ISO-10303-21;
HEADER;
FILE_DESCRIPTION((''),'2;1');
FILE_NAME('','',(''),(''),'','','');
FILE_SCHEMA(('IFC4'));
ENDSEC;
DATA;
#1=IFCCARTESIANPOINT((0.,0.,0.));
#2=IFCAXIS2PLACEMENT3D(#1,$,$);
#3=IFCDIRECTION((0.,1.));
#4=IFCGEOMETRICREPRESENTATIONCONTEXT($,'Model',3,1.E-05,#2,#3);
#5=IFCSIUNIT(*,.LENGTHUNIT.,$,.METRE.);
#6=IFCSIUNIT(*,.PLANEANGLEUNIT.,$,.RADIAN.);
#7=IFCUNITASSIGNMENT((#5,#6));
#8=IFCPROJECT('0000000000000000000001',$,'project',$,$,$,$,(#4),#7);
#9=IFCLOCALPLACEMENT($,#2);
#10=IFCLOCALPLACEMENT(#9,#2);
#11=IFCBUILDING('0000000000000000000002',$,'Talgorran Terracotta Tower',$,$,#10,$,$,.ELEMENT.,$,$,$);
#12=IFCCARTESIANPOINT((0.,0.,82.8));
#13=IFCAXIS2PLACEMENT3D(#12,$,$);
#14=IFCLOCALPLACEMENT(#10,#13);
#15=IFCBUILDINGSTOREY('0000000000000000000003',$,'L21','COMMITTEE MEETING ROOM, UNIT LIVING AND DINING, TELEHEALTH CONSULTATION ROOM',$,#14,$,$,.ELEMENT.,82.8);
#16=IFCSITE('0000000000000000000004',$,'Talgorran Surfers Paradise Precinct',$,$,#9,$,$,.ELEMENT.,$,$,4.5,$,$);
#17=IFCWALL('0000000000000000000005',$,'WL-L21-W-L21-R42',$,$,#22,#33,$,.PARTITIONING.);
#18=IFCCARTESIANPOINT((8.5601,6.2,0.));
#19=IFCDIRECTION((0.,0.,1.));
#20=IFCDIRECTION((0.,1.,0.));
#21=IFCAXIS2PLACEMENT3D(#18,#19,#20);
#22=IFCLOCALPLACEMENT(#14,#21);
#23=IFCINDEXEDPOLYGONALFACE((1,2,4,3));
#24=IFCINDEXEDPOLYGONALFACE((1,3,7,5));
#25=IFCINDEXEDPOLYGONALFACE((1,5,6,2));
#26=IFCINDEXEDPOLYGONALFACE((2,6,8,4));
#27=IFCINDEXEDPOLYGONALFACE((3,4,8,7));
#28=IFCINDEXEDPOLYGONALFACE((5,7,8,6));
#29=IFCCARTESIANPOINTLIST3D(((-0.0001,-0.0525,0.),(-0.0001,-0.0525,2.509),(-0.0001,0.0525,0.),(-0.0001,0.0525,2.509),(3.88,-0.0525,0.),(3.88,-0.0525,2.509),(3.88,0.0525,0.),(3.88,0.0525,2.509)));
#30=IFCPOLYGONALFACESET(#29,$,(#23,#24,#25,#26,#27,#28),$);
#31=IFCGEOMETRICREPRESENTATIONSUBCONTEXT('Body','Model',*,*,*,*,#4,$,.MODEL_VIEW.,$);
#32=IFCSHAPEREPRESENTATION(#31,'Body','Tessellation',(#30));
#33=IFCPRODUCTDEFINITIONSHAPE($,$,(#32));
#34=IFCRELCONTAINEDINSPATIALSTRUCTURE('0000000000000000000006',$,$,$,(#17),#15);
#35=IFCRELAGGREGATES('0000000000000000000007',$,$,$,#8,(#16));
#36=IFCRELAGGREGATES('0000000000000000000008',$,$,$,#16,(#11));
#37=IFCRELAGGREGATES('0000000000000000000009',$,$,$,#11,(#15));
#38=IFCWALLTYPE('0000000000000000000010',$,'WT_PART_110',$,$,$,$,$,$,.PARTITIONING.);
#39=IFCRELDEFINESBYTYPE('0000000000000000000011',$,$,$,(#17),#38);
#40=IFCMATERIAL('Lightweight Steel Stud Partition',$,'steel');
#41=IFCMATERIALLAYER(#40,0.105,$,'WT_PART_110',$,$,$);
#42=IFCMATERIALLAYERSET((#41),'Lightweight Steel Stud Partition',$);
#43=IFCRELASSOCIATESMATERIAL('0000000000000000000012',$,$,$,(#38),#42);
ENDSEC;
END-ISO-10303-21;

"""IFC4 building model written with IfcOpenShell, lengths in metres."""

from ifc_helpers import new_model, si_unit, direction, frame, frame_2d, origin, place, context, subcontext, project, spatial, rectangle, extrude, material, layer, layer_set, type_object, element, save


model = new_model("IFC4")

# Units and contexts
model_context = context("Model", 3, precision=1e-05, world=origin(), true_north=direction((0.0, 1.0)))
body_context = subcontext(model_context, "Body", "Model", "MODEL_VIEW")
ifc_project = project(units=[si_unit("LENGTHUNIT", "METRE"), si_unit("PLANEANGLEUNIT", "RADIAN")], contexts=[model_context])

# Site, building, storey
site_placement = place(None, origin())
site = spatial("IfcSite", under=ifc_project, at=site_placement, Name="Talgorran Surfers Paradise Precinct", CompositionType="ELEMENT", RefElevation=4.5)
building_placement = place(site_placement, origin())
building = spatial("IfcBuilding", under=site, at=building_placement, Name="Talgorran Terracotta Tower", CompositionType="ELEMENT")
storey_placement = place(building_placement, frame((0.0, 0.0, 82.8)))
storey = spatial("IfcBuildingStorey", under=building, at=storey_placement, Name="L21", Description="COMMITTEE MEETING ROOM, UNIT LIVING AND DINING, TELEHEALTH CONSULTATION ROOM", CompositionType="ELEMENT", Elevation=82.8)

# Wall
ifc_material_1 = material(Name="Lightweight Steel Stud Partition", Category="steel")
ifc_layer_1 = layer(ifc_material_1, 0.105, Name="WT_PART_110")
ifc_layer_set_1 = layer_set([ifc_layer_1], Name="Lightweight Steel Stud Partition")
wall_type_1 = type_object("IfcWallType", Name="WT_PART_110", PredefinedType="PARTITIONING", material=ifc_layer_set_1)
wall_1_placement = place(storey_placement, frame((8.5601, 6.2, 0.0), z_axis=(0.0, 0.0, 1.0), x_axis=(0.0, 1.0, 0.0)))
element("IfcWall", 1, at=wall_1_placement, inside=storey, type_object=wall_type_1, Name="WL-L21-W-L21-R42", PredefinedType="PARTITIONING", context=body_context, shape_type="SweptSolid", body=[
    extrude(rectangle(XDim=3.8801, YDim=0.105, at=frame_2d((1.9399, 0.0))), origin(), (0.0, 0.0, 1.0), 2.509),
])

save(model, "model.ifc")
